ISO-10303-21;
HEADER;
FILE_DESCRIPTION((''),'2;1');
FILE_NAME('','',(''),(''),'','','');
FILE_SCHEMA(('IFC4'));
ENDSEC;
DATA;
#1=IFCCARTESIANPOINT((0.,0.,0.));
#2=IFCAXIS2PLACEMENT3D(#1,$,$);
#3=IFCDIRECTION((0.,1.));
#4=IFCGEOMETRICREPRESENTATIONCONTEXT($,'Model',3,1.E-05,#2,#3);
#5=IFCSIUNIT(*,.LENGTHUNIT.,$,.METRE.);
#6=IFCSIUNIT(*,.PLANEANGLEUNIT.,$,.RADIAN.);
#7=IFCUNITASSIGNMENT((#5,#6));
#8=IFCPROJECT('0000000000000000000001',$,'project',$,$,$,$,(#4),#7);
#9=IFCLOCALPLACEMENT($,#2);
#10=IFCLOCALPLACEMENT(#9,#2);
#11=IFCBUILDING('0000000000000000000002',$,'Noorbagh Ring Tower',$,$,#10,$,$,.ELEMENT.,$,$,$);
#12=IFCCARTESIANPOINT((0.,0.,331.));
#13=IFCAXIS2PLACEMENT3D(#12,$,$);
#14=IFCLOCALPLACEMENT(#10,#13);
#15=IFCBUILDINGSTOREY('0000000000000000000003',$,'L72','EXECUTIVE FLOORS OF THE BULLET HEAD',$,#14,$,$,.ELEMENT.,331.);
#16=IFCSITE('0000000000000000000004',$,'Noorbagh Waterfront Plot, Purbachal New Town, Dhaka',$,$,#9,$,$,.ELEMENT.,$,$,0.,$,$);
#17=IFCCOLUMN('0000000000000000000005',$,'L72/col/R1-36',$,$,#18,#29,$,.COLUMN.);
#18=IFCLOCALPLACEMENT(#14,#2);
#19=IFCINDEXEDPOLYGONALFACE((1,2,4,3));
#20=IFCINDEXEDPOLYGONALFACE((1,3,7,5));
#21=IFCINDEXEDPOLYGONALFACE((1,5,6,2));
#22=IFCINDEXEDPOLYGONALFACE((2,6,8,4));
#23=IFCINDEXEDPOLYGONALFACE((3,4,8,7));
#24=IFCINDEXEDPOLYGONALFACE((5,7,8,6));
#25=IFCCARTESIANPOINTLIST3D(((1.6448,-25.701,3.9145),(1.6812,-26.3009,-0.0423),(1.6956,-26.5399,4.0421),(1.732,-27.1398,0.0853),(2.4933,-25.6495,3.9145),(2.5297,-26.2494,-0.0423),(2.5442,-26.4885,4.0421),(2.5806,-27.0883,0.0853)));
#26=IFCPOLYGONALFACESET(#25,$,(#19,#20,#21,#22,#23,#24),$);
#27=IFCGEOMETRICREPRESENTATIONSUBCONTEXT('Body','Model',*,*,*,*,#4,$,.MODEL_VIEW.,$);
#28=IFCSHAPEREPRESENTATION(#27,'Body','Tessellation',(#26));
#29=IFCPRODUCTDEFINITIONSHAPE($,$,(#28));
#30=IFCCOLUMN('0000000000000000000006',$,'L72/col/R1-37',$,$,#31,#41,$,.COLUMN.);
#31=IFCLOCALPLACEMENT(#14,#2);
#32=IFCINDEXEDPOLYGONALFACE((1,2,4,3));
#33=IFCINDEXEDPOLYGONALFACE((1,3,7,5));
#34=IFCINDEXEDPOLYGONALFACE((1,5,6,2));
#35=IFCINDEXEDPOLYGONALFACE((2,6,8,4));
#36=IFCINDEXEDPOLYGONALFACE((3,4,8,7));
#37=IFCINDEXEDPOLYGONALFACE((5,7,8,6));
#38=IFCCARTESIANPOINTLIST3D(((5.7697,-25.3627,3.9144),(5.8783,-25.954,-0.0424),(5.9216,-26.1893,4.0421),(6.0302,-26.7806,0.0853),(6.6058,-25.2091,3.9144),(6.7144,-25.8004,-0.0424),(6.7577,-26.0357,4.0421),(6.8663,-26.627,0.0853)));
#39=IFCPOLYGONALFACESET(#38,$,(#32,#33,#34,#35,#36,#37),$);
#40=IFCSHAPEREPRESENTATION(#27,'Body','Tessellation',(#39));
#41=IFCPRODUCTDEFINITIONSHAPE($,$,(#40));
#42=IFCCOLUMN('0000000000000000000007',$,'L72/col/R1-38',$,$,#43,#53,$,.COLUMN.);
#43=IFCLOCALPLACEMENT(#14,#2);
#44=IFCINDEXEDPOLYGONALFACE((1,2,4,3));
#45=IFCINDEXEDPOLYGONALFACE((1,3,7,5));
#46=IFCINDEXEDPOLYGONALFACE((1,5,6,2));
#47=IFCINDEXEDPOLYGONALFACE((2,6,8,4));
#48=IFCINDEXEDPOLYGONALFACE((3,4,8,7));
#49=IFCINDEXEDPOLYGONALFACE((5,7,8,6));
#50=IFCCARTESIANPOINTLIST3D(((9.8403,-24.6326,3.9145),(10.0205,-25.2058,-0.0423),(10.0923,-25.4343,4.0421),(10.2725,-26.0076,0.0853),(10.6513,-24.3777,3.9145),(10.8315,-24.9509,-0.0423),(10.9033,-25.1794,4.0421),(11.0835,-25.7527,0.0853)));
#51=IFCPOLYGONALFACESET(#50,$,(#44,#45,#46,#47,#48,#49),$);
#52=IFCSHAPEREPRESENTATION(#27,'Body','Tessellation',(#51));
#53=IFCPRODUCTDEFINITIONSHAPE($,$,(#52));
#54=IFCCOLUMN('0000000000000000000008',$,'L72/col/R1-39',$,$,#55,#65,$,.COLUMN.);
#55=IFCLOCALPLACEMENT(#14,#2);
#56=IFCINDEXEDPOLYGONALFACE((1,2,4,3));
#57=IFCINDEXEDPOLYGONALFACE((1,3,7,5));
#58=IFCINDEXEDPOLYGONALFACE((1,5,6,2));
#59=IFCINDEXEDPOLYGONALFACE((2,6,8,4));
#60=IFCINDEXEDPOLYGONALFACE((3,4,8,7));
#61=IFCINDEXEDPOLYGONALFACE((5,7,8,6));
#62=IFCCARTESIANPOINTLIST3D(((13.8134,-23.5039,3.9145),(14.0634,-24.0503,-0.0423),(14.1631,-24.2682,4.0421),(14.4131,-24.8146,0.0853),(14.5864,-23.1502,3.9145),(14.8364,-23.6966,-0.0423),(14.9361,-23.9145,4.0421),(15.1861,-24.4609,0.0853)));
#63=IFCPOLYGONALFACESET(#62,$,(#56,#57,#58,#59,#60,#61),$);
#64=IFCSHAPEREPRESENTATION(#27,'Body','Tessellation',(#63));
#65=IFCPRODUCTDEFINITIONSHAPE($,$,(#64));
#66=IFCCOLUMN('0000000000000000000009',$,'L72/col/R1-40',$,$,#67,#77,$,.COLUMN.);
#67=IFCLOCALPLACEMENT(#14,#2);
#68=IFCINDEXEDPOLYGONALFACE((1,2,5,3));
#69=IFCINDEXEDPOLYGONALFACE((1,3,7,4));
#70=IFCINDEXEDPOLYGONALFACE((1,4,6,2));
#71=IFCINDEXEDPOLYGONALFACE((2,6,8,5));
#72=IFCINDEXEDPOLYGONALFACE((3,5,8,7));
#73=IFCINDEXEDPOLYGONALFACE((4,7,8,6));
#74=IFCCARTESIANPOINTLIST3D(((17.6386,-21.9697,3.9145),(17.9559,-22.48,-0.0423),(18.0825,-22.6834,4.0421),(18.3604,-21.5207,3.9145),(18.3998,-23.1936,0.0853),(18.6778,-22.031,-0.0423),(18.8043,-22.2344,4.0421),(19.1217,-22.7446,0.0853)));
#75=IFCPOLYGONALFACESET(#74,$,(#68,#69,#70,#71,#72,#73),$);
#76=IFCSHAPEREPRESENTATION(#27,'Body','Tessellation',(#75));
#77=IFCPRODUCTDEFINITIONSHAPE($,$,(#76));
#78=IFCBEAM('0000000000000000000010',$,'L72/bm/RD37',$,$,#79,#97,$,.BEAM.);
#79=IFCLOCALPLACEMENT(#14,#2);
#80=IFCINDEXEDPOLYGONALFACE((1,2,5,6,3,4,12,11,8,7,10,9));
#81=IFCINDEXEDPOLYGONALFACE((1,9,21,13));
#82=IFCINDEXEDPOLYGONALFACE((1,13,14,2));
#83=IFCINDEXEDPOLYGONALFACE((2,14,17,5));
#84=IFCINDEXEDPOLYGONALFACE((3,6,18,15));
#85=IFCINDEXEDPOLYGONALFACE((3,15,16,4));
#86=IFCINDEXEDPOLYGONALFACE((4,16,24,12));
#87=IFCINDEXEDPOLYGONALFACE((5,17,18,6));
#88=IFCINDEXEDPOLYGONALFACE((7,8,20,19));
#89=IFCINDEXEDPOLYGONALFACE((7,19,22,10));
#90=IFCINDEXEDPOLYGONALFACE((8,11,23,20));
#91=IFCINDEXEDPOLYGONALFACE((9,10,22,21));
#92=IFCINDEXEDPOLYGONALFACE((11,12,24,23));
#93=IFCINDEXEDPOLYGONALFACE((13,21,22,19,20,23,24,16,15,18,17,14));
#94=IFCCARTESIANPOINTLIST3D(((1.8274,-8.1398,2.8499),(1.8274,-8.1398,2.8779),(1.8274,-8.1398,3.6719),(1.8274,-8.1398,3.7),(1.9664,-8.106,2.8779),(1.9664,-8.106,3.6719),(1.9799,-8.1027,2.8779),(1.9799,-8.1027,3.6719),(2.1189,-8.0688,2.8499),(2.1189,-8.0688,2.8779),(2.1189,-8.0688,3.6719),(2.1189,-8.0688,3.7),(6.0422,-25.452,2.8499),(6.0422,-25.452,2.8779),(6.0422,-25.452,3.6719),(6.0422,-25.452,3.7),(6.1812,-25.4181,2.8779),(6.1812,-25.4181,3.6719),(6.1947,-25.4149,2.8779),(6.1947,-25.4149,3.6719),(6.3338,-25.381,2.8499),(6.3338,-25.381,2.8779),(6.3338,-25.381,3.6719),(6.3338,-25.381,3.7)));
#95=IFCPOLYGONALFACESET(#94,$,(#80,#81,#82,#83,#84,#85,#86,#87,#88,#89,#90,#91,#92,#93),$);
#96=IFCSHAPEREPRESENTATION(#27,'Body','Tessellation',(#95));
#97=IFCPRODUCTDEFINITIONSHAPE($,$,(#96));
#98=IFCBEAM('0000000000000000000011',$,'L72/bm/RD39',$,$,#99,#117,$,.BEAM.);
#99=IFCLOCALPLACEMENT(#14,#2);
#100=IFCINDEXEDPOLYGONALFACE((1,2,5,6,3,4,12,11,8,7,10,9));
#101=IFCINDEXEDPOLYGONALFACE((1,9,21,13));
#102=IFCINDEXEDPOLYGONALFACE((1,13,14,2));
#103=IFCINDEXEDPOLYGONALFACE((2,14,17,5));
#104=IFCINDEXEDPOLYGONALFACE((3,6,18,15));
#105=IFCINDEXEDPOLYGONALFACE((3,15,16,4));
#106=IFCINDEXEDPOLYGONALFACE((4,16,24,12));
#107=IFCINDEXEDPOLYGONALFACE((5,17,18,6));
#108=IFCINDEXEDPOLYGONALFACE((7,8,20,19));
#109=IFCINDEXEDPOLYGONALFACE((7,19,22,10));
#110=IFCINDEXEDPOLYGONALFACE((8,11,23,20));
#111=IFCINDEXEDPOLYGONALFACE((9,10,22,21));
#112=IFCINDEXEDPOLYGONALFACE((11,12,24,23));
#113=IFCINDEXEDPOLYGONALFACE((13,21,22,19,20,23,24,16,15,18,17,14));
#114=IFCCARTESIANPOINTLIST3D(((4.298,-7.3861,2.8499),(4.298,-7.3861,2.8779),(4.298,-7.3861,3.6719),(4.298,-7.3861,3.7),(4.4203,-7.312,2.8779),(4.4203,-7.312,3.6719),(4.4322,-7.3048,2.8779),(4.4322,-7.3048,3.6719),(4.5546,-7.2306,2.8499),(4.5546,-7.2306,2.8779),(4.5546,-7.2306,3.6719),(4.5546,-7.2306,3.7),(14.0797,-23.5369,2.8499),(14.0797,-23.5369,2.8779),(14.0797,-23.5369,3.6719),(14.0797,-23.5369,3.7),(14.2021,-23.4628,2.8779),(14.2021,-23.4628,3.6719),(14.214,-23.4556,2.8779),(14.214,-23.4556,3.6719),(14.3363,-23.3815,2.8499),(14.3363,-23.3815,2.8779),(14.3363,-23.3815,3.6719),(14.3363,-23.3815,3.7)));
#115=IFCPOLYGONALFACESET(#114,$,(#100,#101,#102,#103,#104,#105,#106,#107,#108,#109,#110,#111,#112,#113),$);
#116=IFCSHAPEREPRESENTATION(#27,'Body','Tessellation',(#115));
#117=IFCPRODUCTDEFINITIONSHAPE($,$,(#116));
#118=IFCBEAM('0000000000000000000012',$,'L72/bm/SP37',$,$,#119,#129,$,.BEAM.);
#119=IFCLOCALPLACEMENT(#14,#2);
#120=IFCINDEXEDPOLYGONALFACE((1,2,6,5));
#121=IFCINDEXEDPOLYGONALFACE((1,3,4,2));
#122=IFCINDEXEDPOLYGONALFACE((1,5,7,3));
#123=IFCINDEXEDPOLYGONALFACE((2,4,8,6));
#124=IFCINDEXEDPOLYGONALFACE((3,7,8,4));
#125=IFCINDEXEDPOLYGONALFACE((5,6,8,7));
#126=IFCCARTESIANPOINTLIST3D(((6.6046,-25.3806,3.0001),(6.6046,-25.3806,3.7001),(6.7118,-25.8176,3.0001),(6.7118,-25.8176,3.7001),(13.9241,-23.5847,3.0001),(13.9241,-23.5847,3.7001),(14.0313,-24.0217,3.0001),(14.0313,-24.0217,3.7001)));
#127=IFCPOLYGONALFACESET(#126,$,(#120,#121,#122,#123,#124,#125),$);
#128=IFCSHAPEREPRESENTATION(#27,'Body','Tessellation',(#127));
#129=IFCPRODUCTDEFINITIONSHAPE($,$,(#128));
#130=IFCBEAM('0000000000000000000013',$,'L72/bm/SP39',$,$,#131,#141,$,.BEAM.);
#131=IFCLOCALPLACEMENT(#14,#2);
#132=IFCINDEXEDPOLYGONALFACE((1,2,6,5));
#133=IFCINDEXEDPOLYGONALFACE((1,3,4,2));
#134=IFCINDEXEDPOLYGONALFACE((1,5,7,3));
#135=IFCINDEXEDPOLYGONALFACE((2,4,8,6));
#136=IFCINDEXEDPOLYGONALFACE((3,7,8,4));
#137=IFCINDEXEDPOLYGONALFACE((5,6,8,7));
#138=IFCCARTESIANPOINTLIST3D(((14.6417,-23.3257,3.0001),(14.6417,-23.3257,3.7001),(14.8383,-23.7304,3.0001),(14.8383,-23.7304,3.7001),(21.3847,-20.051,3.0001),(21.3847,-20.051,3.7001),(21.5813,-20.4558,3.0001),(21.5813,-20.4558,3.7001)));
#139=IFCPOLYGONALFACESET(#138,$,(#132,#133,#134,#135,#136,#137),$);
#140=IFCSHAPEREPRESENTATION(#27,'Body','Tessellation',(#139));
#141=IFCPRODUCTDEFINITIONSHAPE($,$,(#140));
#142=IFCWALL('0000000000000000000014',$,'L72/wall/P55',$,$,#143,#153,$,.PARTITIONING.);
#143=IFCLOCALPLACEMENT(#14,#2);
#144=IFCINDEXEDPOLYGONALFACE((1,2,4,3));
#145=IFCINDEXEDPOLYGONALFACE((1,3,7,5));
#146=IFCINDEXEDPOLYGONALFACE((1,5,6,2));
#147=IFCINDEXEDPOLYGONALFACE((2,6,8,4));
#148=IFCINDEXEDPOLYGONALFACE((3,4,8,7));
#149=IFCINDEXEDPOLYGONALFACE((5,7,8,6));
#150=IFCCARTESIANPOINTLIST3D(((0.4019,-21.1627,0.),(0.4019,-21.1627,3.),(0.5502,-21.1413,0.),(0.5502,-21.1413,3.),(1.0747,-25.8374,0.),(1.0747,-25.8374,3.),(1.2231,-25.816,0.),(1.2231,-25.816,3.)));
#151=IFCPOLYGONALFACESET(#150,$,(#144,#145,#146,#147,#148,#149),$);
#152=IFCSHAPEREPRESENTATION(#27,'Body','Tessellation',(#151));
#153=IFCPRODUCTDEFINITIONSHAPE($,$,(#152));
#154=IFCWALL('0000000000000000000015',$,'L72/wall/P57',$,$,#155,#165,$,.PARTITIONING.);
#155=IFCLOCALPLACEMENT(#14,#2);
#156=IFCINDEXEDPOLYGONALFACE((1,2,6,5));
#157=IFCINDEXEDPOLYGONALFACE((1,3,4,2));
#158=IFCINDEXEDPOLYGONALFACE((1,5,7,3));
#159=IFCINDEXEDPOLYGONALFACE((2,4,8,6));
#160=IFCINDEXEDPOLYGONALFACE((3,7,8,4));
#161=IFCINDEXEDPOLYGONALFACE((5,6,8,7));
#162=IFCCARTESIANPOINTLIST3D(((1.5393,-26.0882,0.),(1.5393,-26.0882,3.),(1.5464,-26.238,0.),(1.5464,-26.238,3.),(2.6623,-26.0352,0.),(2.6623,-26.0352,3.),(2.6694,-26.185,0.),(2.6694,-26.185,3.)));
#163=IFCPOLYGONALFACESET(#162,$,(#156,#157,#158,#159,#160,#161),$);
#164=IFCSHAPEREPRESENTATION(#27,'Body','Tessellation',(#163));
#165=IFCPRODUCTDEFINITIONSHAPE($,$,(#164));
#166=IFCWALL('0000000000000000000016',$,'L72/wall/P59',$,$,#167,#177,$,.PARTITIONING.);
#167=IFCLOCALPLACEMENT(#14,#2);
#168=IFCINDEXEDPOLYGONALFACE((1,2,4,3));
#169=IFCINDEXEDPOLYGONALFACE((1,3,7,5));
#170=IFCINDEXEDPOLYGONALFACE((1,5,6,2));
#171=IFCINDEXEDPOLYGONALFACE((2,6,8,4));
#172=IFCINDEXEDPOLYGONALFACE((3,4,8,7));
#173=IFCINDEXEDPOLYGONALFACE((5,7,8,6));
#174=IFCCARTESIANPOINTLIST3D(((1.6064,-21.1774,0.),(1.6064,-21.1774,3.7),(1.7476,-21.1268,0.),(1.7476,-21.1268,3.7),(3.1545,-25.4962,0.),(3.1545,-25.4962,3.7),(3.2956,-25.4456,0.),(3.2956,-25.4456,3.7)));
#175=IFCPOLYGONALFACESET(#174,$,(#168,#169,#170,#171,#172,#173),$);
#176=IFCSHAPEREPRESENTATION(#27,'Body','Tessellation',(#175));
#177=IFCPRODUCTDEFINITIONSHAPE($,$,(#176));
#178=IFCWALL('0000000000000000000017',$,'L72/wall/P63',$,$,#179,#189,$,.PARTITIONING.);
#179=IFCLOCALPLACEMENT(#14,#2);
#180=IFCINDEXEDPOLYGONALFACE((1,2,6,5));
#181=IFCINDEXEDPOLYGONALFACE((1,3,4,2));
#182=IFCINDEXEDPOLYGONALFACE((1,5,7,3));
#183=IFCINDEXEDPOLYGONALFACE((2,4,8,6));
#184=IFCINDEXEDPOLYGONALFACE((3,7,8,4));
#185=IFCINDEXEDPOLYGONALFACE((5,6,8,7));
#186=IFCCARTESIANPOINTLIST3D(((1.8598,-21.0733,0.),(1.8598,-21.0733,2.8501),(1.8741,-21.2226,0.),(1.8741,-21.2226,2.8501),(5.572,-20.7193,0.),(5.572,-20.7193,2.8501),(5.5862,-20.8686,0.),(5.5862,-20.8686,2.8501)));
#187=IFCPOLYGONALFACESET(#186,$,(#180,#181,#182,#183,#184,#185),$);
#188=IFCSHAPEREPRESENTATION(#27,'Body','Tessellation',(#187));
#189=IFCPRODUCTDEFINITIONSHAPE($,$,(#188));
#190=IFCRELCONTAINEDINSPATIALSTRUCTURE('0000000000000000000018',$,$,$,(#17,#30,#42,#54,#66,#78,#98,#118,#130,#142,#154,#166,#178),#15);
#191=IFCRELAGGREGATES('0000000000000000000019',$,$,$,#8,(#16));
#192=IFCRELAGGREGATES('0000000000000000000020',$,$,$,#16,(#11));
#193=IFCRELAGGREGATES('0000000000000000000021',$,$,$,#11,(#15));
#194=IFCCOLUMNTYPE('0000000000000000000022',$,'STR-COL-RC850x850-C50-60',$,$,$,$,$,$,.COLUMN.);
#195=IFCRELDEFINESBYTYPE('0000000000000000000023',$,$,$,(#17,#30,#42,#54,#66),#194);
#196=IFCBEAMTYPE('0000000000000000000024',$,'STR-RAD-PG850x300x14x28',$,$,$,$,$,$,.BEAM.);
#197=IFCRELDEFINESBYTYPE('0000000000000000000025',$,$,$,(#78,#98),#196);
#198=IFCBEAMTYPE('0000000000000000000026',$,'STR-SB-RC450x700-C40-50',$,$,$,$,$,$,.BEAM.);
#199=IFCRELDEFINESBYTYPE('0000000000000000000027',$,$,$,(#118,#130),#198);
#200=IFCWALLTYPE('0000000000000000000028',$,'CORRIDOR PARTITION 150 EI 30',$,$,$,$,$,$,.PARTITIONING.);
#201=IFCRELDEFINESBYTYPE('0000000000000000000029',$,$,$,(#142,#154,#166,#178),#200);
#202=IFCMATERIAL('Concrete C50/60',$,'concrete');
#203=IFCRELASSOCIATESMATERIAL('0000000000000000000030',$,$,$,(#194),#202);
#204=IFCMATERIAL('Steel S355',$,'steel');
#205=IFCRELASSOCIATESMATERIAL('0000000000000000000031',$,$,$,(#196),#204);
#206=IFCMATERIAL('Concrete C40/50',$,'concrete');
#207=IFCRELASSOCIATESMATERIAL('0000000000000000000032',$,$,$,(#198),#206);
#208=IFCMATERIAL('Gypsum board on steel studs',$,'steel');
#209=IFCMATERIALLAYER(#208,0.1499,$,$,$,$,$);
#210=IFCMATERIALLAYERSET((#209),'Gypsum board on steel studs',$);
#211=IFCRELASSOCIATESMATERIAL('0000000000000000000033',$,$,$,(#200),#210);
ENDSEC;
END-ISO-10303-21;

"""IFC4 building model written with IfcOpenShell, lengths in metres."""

from ifc_helpers import new_model, si_unit, direction, frame, frame_2d, origin, origin_2d, place, context, subcontext, project, spatial, rectangle, i_section, extrude, material, layer, layer_set, material_profile, profile_set, type_object, element, save


model = new_model("IFC4")

# Units and contexts
model_context = context("Model", 3, precision=1e-05, world=origin(), true_north=direction((0.0, 1.0)))
body_context = subcontext(model_context, "Body", "Model", "MODEL_VIEW")
ifc_project = project(units=[si_unit("LENGTHUNIT", "METRE"), si_unit("PLANEANGLEUNIT", "RADIAN")], contexts=[model_context])

# Site, building, storey
site_placement = place(None, origin())
site = spatial("IfcSite", under=ifc_project, at=site_placement, Name="Noorbagh Waterfront Plot, Purbachal New Town, Dhaka", CompositionType="ELEMENT", RefElevation=0.0)
building_placement = place(site_placement, origin())
building = spatial("IfcBuilding", under=site, at=building_placement, Name="Noorbagh Ring Tower", CompositionType="ELEMENT")
storey_placement = place(building_placement, frame((0.0, 0.0, 331.0)))
storey = spatial("IfcBuildingStorey", under=building, at=storey_placement, Name="L72", Description="EXECUTIVE FLOORS OF THE BULLET HEAD", CompositionType="ELEMENT", Elevation=331.0)

# Columns
ifc_material_1 = material(Name="Concrete C50/60", Category="concrete")
ifc_material_profile_1 = material_profile(ifc_material_1, rectangle(XDim=0.8501, YDim=0.8501, at=origin_2d()), Name="RC850x850")
ifc_profile_set_1 = profile_set([ifc_material_profile_1], Name="Concrete C50/60")
column_type = type_object("IfcColumnType", Name="STR-COL-RC850x850-C50-60", PredefinedType="COLUMN", material=ifc_profile_set_1)
for number, where, z_axis, x_axis, name in (
    (1, (2.1309, -26.6946, 0.0215), (-0.009089, 0.149882, 0.988662), (-0.998166, -0.060532, 0.0), "L72/col/R1-36"),
    (2, (6.3723, -26.2905, 0.0215), (-0.027146, 0.147746, 0.988653), (-0.983537, -0.180708, 0.0), "L72/col/R1-37"),
    (3, (10.552, -25.4792, 0.0215), (-0.04502, 0.143233, 0.988664), (-0.953987, -0.299848, 0.0), "L72/col/R1-38"),
    (4, (14.6248, -24.2556, 0.0215), (-0.062466, 0.136523, 0.988665), (-0.909334, -0.416067, 0.0), "L72/col/R1-39"),
    (5, (18.5388, -22.6123, 0.0215), (-0.079303, 0.127495, 0.988664), (-0.849138, -0.528172, 0.0), "L72/col/R1-40"),
):
    element("IfcColumn", number, at=place(storey_placement, frame(where, z_axis=z_axis, x_axis=x_axis)), inside=storey, type_object=column_type, Name=name, PredefinedType="COLUMN", context=body_context, shape_type="SweptSolid", body=[
        extrude(rectangle(XDim=0.8501, YDim=0.8501, at=origin_2d()), origin(), (0.0, 0.0, 1.0), 4.0022),
    ])

# Beams
ifc_material_2 = material(Name="Steel S355", Category="steel")
ifc_material_profile_2 = material_profile(ifc_material_2, i_section(OverallWidth=0.3, OverallDepth=0.8501, WebThickness=0.0139, FlangeThickness=0.0281, at=origin_2d()), Name="PG850x300x14x28")
ifc_profile_set_2 = profile_set([ifc_material_profile_2], Name="Steel S355")
beam_type_1 = type_object("IfcBeamType", Name="STR-RAD-PG850x300x14x28", PredefinedType="BEAM", material=ifc_profile_set_2)
beam_1_placement = place(storey_placement, frame((6.188, -25.4165, 3.2749), z_axis=(-0.236551, 0.971619, 0.0), x_axis=(-0.971619, -0.236551, 0.0)))
element("IfcBeam", 6, at=beam_1_placement, inside=storey, type_object=beam_type_1, Name="L72/bm/RD37", PredefinedType="BEAM", context=body_context, shape_type="SweptSolid", body=[
    extrude(i_section(OverallWidth=0.3, OverallDepth=0.8501, WebThickness=0.0139, FlangeThickness=0.0281, at=origin_2d()), origin(), (0.0, 0.0, 1.0), 17.8179),
])
beam_2_placement = place(storey_placement, frame((14.208, -23.4592, 3.2749), z_axis=(-0.518043, 0.855354, 0.0), x_axis=(-0.855354, -0.518043, 0.0)))
element("IfcBeam", 7, at=beam_2_placement, inside=storey, type_object=beam_type_1, Name="L72/bm/RD39", PredefinedType="BEAM", context=body_context, shape_type="SweptSolid", body=[
    extrude(i_section(OverallWidth=0.3, OverallDepth=0.8501, WebThickness=0.0139, FlangeThickness=0.0281, at=origin_2d()), origin(), (0.0, 0.0, 1.0), 18.8821),
])
ifc_material_3 = material(Name="Concrete C40/50", Category="concrete")
ifc_material_profile_3 = material_profile(ifc_material_3, rectangle(XDim=0.45, YDim=0.7, at=origin_2d()), Name="RC450x700")
ifc_profile_set_3 = profile_set([ifc_material_profile_3], Name="Concrete C40/50")
beam_type_2 = type_object("IfcBeamType", Name="STR-SB-RC450x700-C40-50", PredefinedType="BEAM", material=ifc_profile_set_3)
beam_3_placement = place(storey_placement, frame((6.6582, -25.5991, 3.3501), z_axis=(0.971195, 0.238288, 0.0), x_axis=(-0.238288, 0.971195, 0.0)))
element("IfcBeam", 8, at=beam_3_placement, inside=storey, type_object=beam_type_2, Name="L72/bm/SP37", PredefinedType="BEAM", context=body_context, shape_type="SweptSolid", body=[
    extrude(rectangle(XDim=0.45, YDim=0.7, at=origin_2d()), origin(), (0.0, 0.0, 1.0), 7.5366),
])
beam_4_placement = place(storey_placement, frame((14.74, -23.5281, 3.3501), z_axis=(0.899533, 0.436853, 0.0), x_axis=(-0.436853, 0.899533, 0.0)))
element("IfcBeam", 9, at=beam_4_placement, inside=storey, type_object=beam_type_2, Name="L72/bm/SP39", PredefinedType="BEAM", context=body_context, shape_type="SweptSolid", body=[
    extrude(rectangle(XDim=0.45, YDim=0.7, at=origin_2d()), origin(), (0.0, 0.0, 1.0), 7.4961),
])

# Walls
ifc_material_4 = material(Name="Gypsum board on steel studs", Category="steel")
ifc_layer_1 = layer(ifc_material_4, 0.1499)
ifc_layer_set_1 = layer_set([ifc_layer_1], Name="Gypsum board on steel studs")
wall_type_1 = type_object("IfcWallType", Name="CORRIDOR PARTITION 150 EI 30", PredefinedType="PARTITIONING", material=ifc_layer_set_1)
wall_1_placement = place(storey_placement, frame((0.4761, -21.1521, 0.0), z_axis=(0.0, 0.0, 1.0), x_axis=(0.142463, -0.9898, 0.0)))
element("IfcWall", 10, at=wall_1_placement, inside=storey, type_object=wall_type_1, Name="L72/wall/P55", PredefinedType="PARTITIONING", context=body_context, shape_type="SweptSolid", body=[
    extrude(rectangle(XDim=4.7229, YDim=0.1499, at=frame_2d((2.3613, 0.0))), origin(), (0.0, 0.0, 1.0), 3.0),
])
wall_2_placement = place(storey_placement, frame((1.543, -26.1631, 0.0), z_axis=(0.0, 0.0, 1.0), x_axis=(0.998889, 0.047122, 0.0)))
element("IfcWall", 11, at=wall_2_placement, inside=storey, type_object=wall_type_1, Name="L72/wall/P57", PredefinedType="PARTITIONING", context=body_context, shape_type="SweptSolid", body=[
    extrude(rectangle(XDim=1.1243, YDim=0.1499, at=frame_2d((0.562, 0.0))), origin(), (0.0, 0.0, 1.0), 3.0),
])
wall_3_placement = place(storey_placement, frame((1.677, -21.1521, 0.0), z_axis=(0.0, 0.0, 1.0), x_axis=(0.337428, -0.941351, 0.0)))
element("IfcWall", 12, at=wall_3_placement, inside=storey, type_object=wall_type_1, Name="L72/wall/P59", PredefinedType="PARTITIONING", context=body_context, shape_type="SweptSolid", body=[
    extrude(rectangle(XDim=4.5879, YDim=0.1499, at=frame_2d((2.2939, 0.0))), origin(), (0.0, 0.0, 1.0), 3.7),
])
wall_4_placement = place(storey_placement, frame((1.8669, -21.1479, 0.0), z_axis=(0.0, 0.0, 1.0), x_axis=(0.995484, 0.094933, 0.0)))
element("IfcWall", 13, at=wall_4_placement, inside=storey, type_object=wall_type_1, Name="L72/wall/P63", PredefinedType="PARTITIONING", context=body_context, shape_type="SweptSolid", body=[
    extrude(rectangle(XDim=3.729, YDim=0.1499, at=frame_2d((1.8645, 0.0))), origin(), (0.0, 0.0, 1.0), 2.8501),
])

save(model, "model.ifc")
